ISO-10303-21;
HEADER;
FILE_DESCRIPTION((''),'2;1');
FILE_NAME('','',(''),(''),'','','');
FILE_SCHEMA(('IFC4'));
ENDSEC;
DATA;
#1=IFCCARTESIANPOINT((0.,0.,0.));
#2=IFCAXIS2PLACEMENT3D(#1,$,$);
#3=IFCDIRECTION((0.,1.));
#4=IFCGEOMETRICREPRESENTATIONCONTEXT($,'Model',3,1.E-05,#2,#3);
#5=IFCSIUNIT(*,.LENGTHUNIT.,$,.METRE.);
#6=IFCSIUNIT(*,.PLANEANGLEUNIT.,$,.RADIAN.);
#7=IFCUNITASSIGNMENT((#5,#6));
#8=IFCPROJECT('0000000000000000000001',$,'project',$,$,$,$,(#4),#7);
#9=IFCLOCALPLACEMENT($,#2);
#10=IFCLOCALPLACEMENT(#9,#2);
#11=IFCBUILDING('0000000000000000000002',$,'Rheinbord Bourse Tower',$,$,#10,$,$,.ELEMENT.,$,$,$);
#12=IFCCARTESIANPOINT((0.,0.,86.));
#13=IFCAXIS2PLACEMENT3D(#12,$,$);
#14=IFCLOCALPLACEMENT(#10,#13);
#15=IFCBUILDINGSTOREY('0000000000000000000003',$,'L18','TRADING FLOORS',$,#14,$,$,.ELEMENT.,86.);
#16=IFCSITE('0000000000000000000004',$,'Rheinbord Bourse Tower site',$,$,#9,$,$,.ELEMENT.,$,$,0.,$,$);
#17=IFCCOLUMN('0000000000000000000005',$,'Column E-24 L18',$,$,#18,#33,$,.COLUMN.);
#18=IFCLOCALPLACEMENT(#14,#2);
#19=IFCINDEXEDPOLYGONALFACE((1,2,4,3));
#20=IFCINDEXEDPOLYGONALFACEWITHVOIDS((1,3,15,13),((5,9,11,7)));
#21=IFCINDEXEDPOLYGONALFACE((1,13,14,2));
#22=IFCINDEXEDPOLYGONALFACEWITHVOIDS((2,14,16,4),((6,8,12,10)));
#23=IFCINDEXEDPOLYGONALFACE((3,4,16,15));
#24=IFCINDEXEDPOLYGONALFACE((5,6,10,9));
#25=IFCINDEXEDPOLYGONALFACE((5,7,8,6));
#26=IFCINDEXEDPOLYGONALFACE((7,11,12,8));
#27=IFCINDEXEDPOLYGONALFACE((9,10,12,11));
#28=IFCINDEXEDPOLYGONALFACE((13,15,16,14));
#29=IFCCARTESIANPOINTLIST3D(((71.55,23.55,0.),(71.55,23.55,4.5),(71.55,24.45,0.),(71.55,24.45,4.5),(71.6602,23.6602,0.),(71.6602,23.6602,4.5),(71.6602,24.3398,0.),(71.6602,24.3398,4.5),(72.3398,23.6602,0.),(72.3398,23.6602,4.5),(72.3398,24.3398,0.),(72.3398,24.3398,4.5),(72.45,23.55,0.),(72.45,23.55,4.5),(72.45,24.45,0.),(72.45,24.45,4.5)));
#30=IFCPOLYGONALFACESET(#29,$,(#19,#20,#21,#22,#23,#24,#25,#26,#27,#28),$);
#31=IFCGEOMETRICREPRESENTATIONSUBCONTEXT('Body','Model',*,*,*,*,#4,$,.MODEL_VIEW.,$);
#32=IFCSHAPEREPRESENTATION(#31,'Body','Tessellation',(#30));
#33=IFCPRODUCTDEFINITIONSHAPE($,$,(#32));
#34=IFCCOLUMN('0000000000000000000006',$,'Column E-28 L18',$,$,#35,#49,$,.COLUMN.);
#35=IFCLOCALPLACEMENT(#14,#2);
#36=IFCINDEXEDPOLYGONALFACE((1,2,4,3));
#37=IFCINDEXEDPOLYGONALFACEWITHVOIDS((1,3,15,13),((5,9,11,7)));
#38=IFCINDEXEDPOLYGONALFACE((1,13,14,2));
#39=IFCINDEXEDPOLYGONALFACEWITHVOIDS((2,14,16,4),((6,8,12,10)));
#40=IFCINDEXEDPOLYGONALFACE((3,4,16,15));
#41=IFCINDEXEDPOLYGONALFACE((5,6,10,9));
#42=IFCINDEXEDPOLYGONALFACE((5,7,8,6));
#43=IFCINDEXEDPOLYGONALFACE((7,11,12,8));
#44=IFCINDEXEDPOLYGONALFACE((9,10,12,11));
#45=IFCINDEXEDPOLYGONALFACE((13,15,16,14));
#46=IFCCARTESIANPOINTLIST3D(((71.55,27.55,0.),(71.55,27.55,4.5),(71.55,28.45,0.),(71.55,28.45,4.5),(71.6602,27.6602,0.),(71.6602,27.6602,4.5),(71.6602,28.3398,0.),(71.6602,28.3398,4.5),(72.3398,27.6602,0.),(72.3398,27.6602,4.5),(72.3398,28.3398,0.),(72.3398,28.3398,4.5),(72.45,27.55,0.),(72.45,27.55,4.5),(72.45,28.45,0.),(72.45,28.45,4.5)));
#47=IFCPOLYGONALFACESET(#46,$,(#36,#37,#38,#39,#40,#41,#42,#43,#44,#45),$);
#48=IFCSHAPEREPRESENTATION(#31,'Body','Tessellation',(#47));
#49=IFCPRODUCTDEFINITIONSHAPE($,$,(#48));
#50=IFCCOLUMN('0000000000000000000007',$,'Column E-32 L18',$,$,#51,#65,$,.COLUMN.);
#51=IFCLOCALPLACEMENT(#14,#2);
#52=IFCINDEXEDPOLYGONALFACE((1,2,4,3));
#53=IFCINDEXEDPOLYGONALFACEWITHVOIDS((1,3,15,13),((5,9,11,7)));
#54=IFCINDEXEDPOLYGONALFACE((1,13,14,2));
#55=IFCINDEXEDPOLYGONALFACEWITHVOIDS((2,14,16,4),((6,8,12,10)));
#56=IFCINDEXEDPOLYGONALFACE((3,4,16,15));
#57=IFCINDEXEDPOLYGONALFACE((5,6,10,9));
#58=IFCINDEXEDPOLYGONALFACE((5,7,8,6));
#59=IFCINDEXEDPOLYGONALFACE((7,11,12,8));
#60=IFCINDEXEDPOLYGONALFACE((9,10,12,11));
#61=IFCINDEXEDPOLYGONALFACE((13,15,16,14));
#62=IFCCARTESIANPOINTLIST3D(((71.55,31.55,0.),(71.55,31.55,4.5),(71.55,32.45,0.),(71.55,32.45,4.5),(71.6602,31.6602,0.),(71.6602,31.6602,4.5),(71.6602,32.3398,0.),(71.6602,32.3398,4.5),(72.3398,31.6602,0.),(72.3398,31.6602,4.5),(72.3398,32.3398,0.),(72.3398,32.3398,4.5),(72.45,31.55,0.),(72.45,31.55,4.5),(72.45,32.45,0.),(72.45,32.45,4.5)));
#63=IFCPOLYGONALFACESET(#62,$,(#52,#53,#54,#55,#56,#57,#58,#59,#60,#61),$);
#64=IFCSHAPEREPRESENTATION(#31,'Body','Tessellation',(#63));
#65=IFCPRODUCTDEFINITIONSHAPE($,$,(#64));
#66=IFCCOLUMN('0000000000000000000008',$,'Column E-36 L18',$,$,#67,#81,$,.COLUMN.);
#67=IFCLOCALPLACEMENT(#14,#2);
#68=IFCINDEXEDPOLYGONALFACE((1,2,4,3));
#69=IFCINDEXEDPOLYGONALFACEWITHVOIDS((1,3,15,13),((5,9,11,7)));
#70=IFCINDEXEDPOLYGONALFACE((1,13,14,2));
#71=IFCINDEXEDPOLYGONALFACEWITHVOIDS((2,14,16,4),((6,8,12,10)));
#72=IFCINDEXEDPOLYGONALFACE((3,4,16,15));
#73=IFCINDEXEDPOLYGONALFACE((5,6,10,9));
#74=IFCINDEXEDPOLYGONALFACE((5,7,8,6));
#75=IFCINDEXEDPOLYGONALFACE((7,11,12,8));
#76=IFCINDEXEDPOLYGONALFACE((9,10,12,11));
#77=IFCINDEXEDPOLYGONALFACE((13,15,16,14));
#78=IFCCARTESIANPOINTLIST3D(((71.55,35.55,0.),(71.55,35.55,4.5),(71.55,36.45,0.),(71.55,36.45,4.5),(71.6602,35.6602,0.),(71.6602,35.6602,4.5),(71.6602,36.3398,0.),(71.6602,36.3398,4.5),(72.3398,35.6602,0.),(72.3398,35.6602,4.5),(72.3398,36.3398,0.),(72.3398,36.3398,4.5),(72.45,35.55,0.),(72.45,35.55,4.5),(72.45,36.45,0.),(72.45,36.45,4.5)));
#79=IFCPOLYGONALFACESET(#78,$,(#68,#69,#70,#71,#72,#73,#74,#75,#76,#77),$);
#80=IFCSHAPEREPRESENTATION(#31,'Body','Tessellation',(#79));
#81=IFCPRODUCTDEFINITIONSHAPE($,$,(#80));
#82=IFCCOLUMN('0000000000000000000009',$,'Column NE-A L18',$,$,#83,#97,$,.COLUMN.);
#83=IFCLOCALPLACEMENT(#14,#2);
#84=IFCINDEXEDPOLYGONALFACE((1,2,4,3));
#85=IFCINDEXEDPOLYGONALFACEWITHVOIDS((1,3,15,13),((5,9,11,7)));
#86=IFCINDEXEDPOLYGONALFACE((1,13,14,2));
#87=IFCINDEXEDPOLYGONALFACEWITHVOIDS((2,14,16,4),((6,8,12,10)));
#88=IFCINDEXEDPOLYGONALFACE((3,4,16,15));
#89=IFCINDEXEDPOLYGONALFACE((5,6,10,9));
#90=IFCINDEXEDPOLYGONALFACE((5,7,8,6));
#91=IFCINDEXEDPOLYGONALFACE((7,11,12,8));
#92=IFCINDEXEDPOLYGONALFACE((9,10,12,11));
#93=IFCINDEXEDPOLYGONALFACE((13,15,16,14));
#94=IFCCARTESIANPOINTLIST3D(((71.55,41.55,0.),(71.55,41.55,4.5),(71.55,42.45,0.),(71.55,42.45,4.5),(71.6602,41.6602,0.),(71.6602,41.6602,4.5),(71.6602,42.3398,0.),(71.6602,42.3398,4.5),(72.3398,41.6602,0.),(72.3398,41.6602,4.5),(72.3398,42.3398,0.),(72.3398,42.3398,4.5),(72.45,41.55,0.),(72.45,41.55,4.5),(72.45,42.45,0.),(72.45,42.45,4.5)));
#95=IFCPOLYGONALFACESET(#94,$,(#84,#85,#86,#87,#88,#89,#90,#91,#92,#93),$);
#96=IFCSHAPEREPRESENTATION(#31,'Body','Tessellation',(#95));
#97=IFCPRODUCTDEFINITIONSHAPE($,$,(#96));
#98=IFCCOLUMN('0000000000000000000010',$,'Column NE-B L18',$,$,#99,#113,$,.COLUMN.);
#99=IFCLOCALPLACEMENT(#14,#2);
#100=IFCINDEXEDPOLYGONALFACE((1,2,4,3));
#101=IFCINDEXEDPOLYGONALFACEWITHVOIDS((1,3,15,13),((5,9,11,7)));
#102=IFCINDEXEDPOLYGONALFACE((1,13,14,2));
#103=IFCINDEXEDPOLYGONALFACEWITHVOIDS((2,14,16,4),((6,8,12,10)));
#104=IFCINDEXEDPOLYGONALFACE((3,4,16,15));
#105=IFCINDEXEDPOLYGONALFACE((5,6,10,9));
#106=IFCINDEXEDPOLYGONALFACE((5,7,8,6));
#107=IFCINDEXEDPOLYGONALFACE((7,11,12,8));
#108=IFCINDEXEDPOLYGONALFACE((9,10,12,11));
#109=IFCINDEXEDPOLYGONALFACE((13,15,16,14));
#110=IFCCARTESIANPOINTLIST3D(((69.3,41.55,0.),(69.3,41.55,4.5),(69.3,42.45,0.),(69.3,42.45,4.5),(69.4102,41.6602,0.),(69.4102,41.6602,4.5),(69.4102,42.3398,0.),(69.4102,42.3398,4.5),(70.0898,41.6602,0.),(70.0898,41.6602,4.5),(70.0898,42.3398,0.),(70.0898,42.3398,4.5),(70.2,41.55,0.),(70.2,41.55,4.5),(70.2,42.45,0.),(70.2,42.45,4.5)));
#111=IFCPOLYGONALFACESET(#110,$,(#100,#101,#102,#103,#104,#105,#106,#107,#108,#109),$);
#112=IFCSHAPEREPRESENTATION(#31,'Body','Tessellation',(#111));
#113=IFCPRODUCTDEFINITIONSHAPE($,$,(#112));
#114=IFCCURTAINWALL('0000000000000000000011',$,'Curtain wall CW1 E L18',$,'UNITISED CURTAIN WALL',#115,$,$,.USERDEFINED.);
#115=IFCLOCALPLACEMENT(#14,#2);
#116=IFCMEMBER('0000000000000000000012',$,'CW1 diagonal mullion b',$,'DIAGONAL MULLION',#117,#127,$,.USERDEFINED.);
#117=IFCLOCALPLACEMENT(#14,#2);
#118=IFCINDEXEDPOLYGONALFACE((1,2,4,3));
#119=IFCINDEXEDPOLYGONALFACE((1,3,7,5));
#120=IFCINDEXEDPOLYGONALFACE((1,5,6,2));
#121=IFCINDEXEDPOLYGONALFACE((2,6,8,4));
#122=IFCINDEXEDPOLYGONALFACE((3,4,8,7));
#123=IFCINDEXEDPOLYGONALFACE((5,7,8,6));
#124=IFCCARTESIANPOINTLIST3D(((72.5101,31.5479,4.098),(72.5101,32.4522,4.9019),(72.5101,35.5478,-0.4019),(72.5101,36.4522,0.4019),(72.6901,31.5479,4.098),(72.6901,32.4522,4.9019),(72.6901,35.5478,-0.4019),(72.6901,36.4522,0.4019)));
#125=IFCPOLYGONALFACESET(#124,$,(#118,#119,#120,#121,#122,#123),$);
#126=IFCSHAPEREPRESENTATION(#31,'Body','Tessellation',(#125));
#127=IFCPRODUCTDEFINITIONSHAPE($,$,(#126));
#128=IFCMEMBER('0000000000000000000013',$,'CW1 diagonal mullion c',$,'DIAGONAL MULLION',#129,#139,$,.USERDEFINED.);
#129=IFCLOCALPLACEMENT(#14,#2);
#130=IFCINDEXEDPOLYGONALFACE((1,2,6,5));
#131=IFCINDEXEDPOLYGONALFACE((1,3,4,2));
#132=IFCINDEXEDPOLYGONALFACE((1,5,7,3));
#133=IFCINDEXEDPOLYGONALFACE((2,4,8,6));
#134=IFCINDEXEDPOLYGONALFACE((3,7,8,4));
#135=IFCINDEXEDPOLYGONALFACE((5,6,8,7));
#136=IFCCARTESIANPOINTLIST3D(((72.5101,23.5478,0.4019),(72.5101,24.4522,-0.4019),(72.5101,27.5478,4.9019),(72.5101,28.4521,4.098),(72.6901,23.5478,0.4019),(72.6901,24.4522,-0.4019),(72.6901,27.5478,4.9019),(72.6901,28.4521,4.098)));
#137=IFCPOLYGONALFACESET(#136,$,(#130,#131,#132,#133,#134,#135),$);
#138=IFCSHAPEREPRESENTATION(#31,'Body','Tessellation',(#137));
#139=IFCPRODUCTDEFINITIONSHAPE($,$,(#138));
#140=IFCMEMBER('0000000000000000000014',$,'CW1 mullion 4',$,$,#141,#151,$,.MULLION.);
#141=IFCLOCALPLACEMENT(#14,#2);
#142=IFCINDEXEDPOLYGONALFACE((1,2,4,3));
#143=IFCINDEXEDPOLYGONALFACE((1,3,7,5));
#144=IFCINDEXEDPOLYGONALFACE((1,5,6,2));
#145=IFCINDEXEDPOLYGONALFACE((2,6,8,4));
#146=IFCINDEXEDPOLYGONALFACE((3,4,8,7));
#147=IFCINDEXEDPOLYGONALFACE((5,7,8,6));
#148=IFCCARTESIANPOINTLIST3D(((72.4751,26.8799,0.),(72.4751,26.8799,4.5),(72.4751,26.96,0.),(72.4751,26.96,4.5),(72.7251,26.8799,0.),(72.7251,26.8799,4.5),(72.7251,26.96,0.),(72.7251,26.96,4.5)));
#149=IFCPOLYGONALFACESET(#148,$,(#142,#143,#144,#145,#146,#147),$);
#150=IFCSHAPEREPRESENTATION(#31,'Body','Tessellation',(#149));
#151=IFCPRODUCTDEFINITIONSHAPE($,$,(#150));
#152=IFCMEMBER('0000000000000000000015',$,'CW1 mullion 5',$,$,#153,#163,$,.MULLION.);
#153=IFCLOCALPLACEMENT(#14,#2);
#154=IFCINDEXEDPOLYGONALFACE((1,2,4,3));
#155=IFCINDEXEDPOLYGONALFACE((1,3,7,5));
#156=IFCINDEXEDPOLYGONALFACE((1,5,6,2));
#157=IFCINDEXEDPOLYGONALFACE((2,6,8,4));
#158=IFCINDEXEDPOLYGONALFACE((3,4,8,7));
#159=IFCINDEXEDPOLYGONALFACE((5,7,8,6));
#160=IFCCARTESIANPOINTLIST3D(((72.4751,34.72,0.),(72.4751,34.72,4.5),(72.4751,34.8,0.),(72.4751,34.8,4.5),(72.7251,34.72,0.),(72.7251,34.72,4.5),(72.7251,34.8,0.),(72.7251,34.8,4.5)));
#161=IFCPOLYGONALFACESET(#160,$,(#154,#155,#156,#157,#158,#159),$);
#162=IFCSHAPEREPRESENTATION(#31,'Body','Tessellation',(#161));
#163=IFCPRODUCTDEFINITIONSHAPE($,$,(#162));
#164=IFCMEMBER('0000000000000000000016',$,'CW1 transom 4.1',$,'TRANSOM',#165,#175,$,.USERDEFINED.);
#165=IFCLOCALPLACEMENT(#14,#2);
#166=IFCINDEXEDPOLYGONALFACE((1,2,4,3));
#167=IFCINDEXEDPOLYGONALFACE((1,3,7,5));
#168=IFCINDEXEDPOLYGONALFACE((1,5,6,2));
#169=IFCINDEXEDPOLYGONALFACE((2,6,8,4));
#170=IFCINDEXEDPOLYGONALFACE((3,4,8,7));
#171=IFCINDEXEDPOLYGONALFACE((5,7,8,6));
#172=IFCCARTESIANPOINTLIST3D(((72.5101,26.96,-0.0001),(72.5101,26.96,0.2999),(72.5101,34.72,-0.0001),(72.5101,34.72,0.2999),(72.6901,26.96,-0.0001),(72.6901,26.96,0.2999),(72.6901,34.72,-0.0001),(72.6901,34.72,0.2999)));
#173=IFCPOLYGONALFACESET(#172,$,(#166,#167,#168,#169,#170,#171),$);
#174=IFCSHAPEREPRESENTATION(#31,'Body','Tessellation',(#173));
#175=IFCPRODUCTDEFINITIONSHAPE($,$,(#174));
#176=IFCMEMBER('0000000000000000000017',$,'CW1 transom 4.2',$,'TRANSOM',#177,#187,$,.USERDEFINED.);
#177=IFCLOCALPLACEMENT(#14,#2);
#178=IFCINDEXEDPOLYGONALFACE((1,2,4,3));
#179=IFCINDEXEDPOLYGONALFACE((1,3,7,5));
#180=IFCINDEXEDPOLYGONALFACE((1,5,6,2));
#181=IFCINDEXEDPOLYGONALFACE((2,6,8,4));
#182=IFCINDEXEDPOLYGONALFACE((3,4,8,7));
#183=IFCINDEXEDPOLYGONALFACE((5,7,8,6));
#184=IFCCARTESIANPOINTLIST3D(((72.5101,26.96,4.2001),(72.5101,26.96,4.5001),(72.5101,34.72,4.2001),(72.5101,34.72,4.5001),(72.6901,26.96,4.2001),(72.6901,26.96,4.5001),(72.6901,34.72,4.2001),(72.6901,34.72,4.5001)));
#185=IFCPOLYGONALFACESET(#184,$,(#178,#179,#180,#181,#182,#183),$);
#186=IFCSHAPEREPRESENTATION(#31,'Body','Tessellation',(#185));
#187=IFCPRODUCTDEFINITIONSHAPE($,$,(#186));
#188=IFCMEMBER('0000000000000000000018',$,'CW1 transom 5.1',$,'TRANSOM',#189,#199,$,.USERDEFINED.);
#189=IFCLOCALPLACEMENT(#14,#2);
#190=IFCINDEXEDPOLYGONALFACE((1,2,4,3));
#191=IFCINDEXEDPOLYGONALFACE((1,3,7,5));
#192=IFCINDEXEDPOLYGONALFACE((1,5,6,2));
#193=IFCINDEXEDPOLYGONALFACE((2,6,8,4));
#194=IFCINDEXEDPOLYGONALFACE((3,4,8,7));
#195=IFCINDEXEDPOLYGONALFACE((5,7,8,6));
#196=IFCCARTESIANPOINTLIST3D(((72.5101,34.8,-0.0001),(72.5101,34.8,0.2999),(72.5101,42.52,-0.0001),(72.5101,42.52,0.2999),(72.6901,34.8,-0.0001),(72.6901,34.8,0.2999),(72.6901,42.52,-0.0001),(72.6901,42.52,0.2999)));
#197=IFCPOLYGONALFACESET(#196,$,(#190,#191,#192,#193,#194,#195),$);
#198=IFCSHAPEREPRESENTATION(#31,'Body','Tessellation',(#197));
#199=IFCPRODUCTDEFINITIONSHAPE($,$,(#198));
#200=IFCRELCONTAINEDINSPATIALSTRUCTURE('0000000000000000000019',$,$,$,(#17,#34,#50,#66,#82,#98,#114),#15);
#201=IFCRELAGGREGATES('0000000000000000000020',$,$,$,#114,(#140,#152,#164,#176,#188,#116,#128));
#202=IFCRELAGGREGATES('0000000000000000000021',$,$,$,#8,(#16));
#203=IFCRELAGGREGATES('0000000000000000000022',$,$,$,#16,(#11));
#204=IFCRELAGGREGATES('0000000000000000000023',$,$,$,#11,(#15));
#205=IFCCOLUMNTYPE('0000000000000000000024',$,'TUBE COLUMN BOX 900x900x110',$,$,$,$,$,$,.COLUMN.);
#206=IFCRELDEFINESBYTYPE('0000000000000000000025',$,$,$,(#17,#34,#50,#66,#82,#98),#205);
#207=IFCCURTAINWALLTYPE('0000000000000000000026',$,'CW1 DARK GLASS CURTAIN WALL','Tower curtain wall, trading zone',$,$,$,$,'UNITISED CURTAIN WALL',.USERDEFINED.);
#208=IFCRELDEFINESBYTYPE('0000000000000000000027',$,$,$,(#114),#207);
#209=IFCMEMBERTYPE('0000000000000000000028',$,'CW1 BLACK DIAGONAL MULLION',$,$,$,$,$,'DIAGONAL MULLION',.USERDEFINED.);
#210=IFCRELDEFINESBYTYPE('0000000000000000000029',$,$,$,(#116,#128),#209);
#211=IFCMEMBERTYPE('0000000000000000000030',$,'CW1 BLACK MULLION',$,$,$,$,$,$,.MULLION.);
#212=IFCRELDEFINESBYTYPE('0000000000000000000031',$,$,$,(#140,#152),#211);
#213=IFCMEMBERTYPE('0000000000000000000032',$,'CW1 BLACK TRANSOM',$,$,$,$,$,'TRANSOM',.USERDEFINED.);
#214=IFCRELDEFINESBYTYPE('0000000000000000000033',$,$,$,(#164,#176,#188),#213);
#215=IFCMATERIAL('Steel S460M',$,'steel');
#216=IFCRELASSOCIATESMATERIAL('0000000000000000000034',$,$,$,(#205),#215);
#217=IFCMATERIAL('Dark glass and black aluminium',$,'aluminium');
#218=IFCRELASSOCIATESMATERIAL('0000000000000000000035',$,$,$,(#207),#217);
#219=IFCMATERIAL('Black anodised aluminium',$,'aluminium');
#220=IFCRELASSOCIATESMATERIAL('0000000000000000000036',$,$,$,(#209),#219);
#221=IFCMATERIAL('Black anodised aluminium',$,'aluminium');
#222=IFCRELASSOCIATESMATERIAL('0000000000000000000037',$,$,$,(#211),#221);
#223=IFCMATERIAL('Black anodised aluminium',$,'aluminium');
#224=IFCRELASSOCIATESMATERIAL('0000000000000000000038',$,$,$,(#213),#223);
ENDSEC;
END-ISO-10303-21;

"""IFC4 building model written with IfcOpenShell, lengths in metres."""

from ifc_helpers import new_model, si_unit, direction, frame, origin, origin_2d, place, context, subcontext, project, spatial, rectangle, hollow_rectangle, extrude, material, material_profile, profile_set, type_object, element, aggregate, save


model = new_model("IFC4")

# Units and contexts
model_context = context("Model", 3, precision=1e-05, world=origin(), true_north=direction((0.0, 1.0)))
body_context = subcontext(model_context, "Body", "Model", "MODEL_VIEW")
ifc_project = project(units=[si_unit("LENGTHUNIT", "METRE"), si_unit("PLANEANGLEUNIT", "RADIAN")], contexts=[model_context])

# Site, building, storey
site_placement = place(None, origin())
site = spatial("IfcSite", under=ifc_project, at=site_placement, Name="Rheinbord Bourse Tower site", CompositionType="ELEMENT", RefElevation=0.0)
building_placement = place(site_placement, origin())
building = spatial("IfcBuilding", under=site, at=building_placement, Name="Rheinbord Bourse Tower", CompositionType="ELEMENT")
storey_placement = place(building_placement, frame((0.0, 0.0, 86.0)))
storey = spatial("IfcBuildingStorey", under=building, at=storey_placement, Name="L18", Description="TRADING FLOORS", CompositionType="ELEMENT", Elevation=86.0)

# Columns
ifc_material_1 = material(Name="Steel S460M", Category="steel")
ifc_material_profile_1 = material_profile(ifc_material_1, hollow_rectangle(XDim=0.8999, YDim=0.8999, WallThickness=0.1101, at=origin_2d()), Name="BOX 900x900x110")
ifc_profile_set_1 = profile_set([ifc_material_profile_1], Name="Steel S460M")
column_type = type_object("IfcColumnType", Name="TUBE COLUMN BOX 900x900x110", PredefinedType="COLUMN", material=ifc_profile_set_1)
for number, where, z_axis, x_axis, name in (
    (1, (72.0, 24.0, 0.0), (0.0, 0.0, 1.0), (1.0, 0.0, 0.0), "Column E-24 L18"),
    (2, (72.0, 28.0, 0.0), (0.0, 0.0, 1.0), (1.0, 0.0, 0.0), "Column E-28 L18"),
    (3, (72.0, 32.0, 0.0), (0.0, 0.0, 1.0), (1.0, 0.0, 0.0), "Column E-32 L18"),
    (4, (72.0, 36.0, 0.0), (0.0, 0.0, 1.0), (1.0, 0.0, 0.0), "Column E-36 L18"),
    (5, (72.0, 42.0, 0.0), (0.0, 0.0, 1.0), (1.0, 0.0, 0.0), "Column NE-A L18"),
    (6, (69.75, 42.0, 0.0), (0.0, 0.0, 1.0), (1.0, 0.0, 0.0), "Column NE-B L18"),
):
    element("IfcColumn", number, at=place(storey_placement, frame(where, z_axis=z_axis, x_axis=x_axis)), inside=storey, type_object=column_type, Name=name, PredefinedType="COLUMN", context=body_context, shape_type="SweptSolid", body=[
        extrude(hollow_rectangle(XDim=0.8999, YDim=0.8999, WallThickness=0.1101, at=origin_2d()), origin(), (0.0, 0.0, 1.0), 4.5),
    ])

# Curtain wall, members
ifc_material_2 = material(Name="Dark glass and black aluminium", Category="aluminium")
curtain_wall_type = type_object("IfcCurtainWallType", Name="CW1 DARK GLASS CURTAIN WALL", Description="Tower curtain wall, trading zone", ElementType="UNITISED CURTAIN WALL", PredefinedType="USERDEFINED", material=ifc_material_2)
curtain_wall_placement = place(storey_placement, origin())
curtain_wall = element("IfcCurtainWall", 7, at=curtain_wall_placement, inside=storey, type_object=curtain_wall_type, Name="Curtain wall CW1 E L18", ObjectType="UNITISED CURTAIN WALL", PredefinedType="USERDEFINED")
ifc_material_3 = material(Name="Black anodised aluminium", Category="aluminium")
ifc_material_profile_2 = material_profile(ifc_material_3, rectangle(XDim=0.1799, YDim=1.21, at=origin_2d()), Name="CW1 DIAGONAL MULLION 1210x180")
ifc_profile_set_2 = profile_set([ifc_material_profile_2], Name="Black anodised aluminium")
member_type_1 = type_object("IfcMemberType", Name="CW1 BLACK DIAGONAL MULLION", ElementType="DIAGONAL MULLION", PredefinedType="USERDEFINED", material=ifc_profile_set_2)
member_1_placement = place(storey_placement, frame((72.6001, 36.0, 0.0), z_axis=(0.0, -0.664364, 0.747409), x_axis=(1.0, 0.0, 0.0)))
member_1 = element("IfcMember", 8, at=member_1_placement, type_object=member_type_1, Name="CW1 diagonal mullion b", ObjectType="DIAGONAL MULLION", PredefinedType="USERDEFINED", context=body_context, shape_type="SweptSolid", body=[
    extrude(rectangle(XDim=0.1799, YDim=1.21, at=origin_2d()), origin(), (0.0, 0.0, 1.0), 6.0208),
])
member_2_placement = place(storey_placement, frame((72.6001, 24.0, 0.0), z_axis=(0.0, 0.664364, 0.747409), x_axis=(-1.0, 0.0, 0.0)))
member_2 = element("IfcMember", 9, at=member_2_placement, type_object=member_type_1, Name="CW1 diagonal mullion c", ObjectType="DIAGONAL MULLION", PredefinedType="USERDEFINED", context=body_context, shape_type="SweptSolid", body=[
    extrude(rectangle(XDim=0.1799, YDim=1.21, at=origin_2d()), origin(), (0.0, 0.0, 1.0), 6.0208),
])
ifc_material_4 = material(Name="Black anodised aluminium", Category="aluminium")
ifc_material_profile_3 = material_profile(ifc_material_4, rectangle(XDim=0.25, YDim=0.0801, at=origin_2d()), Name="CW1 MULLION 80x250")
ifc_profile_set_3 = profile_set([ifc_material_profile_3], Name="Black anodised aluminium")
member_type_2 = type_object("IfcMemberType", Name="CW1 BLACK MULLION", PredefinedType="MULLION", material=ifc_profile_set_3)
member_3_placement = place(storey_placement, frame((72.6001, 26.9199, 0.0), z_axis=(0.0, 0.0, 1.0), x_axis=(-1.0, 0.0, 0.0)))
member_3 = element("IfcMember", 10, at=member_3_placement, type_object=member_type_2, Name="CW1 mullion 4", PredefinedType="MULLION", context=body_context, shape_type="SweptSolid", body=[
    extrude(rectangle(XDim=0.25, YDim=0.0801, at=origin_2d()), origin(), (0.0, 0.0, 1.0), 4.5),
])
member_4_placement = place(storey_placement, frame((72.6001, 34.76, 0.0), z_axis=(0.0, 0.0, 1.0), x_axis=(-1.0, 0.0, 0.0)))
member_4 = element("IfcMember", 11, at=member_4_placement, type_object=member_type_2, Name="CW1 mullion 5", PredefinedType="MULLION", context=body_context, shape_type="SweptSolid", body=[
    extrude(rectangle(XDim=0.25, YDim=0.0801, at=origin_2d()), origin(), (0.0, 0.0, 1.0), 4.5),
])
ifc_material_5 = material(Name="Black anodised aluminium", Category="aluminium")
ifc_material_profile_4 = material_profile(ifc_material_5, rectangle(XDim=0.1799, YDim=0.3, at=origin_2d()), Name="CW1 TRANSOM 300x180")
ifc_profile_set_4 = profile_set([ifc_material_profile_4], Name="Black anodised aluminium")
member_type_3 = type_object("IfcMemberType", Name="CW1 BLACK TRANSOM", ElementType="TRANSOM", PredefinedType="USERDEFINED", material=ifc_profile_set_4)
member_5_placement = place(storey_placement, frame((72.6001, 26.96, 0.1499), z_axis=(0.0, 1.0, 0.0), x_axis=(-1.0, 0.0, 0.0)))
member_5 = element("IfcMember", 12, at=member_5_placement, type_object=member_type_3, Name="CW1 transom 4.1", ObjectType="TRANSOM", PredefinedType="USERDEFINED", context=body_context, shape_type="SweptSolid", body=[
    extrude(rectangle(XDim=0.1799, YDim=0.3, at=origin_2d()), origin(), (0.0, 0.0, 1.0), 7.76),
])
member_6_placement = place(storey_placement, frame((72.6001, 26.96, 4.3501), z_axis=(0.0, 1.0, 0.0), x_axis=(-1.0, 0.0, 0.0)))
member_6 = element("IfcMember", 13, at=member_6_placement, type_object=member_type_3, Name="CW1 transom 4.2", ObjectType="TRANSOM", PredefinedType="USERDEFINED", context=body_context, shape_type="SweptSolid", body=[
    extrude(rectangle(XDim=0.1799, YDim=0.3, at=origin_2d()), origin(), (0.0, 0.0, 1.0), 7.76),
])
member_7_placement = place(storey_placement, frame((72.6001, 34.8, 0.1499), z_axis=(0.0, 1.0, 0.0), x_axis=(-1.0, 0.0, 0.0)))
member_7 = element("IfcMember", 14, at=member_7_placement, type_object=member_type_3, Name="CW1 transom 5.1", ObjectType="TRANSOM", PredefinedType="USERDEFINED", context=body_context, shape_type="SweptSolid", body=[
    extrude(rectangle(XDim=0.1799, YDim=0.3, at=origin_2d()), origin(), (0.0, 0.0, 1.0), 7.72),
])

aggregate(curtain_wall, [member_3, member_4, member_5, member_6, member_7, member_1, member_2])

save(model, "model.ifc")
